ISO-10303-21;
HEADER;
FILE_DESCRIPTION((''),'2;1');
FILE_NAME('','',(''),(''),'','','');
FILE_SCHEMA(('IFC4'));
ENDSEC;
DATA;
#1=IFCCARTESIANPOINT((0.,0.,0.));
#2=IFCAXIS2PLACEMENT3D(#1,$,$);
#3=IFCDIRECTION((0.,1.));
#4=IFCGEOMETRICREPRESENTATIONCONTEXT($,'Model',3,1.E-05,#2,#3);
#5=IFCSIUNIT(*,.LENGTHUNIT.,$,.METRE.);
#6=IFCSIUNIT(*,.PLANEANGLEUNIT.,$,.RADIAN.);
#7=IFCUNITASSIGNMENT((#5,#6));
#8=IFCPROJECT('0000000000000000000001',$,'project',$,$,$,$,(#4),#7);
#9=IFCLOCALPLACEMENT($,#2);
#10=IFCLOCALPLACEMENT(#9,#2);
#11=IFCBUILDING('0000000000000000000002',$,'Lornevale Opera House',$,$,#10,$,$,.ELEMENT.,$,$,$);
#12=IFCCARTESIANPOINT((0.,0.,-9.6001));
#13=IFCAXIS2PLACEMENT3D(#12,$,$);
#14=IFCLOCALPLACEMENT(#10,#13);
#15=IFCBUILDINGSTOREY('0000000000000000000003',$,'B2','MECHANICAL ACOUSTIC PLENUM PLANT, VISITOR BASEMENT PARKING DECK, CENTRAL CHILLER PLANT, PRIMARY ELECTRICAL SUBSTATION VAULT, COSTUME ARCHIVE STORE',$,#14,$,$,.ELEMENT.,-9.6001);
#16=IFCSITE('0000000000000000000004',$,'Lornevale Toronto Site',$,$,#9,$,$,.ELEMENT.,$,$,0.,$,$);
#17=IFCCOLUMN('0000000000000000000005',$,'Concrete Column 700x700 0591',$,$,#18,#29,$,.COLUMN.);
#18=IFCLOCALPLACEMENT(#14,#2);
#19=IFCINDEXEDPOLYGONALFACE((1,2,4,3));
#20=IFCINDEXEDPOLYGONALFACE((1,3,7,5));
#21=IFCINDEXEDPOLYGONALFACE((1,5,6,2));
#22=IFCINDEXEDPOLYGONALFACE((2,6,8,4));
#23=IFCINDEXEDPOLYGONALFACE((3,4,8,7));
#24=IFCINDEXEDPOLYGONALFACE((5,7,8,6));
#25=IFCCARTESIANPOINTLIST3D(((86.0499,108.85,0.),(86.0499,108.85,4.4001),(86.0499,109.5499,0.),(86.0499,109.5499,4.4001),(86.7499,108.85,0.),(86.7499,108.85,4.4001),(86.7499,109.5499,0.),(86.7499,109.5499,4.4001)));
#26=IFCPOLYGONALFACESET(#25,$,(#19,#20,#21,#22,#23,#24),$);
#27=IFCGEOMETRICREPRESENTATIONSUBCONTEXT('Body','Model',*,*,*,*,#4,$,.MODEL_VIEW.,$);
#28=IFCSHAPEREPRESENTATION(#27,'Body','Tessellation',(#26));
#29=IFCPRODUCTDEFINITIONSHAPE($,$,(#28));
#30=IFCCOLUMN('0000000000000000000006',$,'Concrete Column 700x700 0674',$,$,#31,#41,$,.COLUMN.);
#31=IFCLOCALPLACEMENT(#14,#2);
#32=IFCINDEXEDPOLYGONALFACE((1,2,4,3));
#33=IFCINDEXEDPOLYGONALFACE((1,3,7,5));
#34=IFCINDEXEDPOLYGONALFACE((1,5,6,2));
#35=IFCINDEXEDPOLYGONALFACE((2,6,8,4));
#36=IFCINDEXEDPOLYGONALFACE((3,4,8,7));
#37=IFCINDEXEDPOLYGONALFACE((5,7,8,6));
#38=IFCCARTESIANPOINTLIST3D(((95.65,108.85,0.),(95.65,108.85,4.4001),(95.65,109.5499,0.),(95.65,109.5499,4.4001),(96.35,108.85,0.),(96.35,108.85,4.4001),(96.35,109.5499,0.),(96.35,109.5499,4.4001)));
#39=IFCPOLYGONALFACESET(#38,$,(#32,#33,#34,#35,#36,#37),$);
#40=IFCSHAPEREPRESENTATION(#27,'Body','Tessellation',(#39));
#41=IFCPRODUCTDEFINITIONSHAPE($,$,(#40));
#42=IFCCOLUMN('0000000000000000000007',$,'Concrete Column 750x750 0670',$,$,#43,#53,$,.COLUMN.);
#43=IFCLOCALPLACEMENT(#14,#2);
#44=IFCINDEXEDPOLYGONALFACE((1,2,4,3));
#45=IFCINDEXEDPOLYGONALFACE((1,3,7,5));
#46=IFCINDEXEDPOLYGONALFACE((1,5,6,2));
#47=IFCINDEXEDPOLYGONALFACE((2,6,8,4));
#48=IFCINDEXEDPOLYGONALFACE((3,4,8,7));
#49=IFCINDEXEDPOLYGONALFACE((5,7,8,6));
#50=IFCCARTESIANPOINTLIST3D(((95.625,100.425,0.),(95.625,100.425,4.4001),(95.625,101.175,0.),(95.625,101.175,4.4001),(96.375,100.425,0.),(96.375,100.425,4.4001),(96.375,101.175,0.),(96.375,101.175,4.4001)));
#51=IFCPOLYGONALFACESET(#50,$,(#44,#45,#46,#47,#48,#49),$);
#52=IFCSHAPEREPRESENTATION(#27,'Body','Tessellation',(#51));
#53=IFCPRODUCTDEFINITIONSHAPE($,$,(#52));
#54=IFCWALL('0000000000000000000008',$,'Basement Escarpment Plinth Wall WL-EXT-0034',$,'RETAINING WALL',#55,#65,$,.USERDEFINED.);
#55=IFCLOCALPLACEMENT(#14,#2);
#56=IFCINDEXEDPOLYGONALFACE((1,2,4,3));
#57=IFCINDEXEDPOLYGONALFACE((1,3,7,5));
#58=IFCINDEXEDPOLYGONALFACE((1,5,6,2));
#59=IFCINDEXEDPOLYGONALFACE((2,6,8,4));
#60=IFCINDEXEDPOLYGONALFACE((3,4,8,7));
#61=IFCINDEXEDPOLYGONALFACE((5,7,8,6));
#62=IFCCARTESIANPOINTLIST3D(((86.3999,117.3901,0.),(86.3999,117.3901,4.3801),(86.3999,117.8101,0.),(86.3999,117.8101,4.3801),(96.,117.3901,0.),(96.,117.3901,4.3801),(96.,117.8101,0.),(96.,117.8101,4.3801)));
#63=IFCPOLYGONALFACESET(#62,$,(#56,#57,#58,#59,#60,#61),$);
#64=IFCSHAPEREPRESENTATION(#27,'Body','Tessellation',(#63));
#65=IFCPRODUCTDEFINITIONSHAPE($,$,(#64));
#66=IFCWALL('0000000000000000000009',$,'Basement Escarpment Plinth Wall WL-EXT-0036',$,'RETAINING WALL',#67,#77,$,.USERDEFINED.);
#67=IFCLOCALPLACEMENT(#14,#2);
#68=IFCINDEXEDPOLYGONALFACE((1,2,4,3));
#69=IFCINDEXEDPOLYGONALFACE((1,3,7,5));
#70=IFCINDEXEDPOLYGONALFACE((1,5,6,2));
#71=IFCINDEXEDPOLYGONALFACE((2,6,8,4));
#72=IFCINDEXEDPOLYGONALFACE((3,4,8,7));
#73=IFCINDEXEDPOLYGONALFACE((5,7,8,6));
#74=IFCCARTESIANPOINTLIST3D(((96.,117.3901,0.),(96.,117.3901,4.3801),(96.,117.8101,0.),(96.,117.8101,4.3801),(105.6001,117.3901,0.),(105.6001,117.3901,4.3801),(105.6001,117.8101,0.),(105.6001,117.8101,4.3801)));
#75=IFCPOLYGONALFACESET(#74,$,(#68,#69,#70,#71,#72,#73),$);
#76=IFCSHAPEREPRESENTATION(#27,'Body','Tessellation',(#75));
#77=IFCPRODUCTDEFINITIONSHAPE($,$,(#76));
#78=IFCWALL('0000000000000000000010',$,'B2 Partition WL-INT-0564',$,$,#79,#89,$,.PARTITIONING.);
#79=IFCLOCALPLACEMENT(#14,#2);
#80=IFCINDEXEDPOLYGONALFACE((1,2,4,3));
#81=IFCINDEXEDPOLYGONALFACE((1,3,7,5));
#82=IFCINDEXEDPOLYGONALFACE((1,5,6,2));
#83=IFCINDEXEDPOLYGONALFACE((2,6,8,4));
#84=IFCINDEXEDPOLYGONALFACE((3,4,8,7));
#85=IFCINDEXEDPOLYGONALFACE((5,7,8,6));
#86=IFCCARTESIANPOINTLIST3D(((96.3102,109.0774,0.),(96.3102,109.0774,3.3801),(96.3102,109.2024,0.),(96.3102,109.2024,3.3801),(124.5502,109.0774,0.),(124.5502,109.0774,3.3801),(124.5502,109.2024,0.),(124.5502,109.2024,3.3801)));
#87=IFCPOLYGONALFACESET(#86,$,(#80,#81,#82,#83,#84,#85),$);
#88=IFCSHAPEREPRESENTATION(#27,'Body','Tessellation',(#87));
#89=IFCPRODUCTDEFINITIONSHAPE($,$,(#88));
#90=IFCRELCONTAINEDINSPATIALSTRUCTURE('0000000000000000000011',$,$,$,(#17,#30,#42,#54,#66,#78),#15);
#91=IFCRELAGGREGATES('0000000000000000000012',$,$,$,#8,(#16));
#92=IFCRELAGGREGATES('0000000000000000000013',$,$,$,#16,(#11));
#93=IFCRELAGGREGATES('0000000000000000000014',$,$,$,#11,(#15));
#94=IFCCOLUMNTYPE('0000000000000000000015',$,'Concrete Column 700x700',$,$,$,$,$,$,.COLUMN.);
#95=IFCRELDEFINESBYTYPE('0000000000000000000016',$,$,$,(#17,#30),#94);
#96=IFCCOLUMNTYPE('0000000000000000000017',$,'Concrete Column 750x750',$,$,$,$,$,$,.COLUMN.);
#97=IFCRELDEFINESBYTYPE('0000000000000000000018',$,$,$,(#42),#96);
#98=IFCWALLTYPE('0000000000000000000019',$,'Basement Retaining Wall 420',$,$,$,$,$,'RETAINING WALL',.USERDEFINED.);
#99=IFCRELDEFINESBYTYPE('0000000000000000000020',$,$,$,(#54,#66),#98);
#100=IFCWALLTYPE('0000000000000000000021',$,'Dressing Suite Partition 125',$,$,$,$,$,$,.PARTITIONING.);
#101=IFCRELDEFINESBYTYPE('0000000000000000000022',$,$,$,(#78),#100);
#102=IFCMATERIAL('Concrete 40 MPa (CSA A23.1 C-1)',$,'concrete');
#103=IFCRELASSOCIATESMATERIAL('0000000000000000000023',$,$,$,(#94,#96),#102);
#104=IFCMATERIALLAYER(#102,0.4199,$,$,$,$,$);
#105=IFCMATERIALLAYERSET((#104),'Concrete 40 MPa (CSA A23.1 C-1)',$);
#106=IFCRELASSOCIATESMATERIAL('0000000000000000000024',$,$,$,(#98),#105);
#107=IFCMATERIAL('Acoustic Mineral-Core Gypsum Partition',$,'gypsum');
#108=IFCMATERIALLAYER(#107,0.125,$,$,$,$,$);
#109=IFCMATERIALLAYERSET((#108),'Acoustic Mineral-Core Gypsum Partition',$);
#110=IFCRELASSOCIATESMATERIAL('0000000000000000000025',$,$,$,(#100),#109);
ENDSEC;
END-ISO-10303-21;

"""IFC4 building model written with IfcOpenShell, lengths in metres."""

from ifc_helpers import new_model, si_unit, direction, frame, frame_2d, origin, origin_2d, place, context, subcontext, project, spatial, rectangle, extrude, material, layer, layer_set, material_profile, profile_set, type_object, element, save


model = new_model("IFC4")

# Units and contexts
model_context = context("Model", 3, precision=1e-05, world=origin(), true_north=direction((0.0, 1.0)))
body_context = subcontext(model_context, "Body", "Model", "MODEL_VIEW")
ifc_project = project(units=[si_unit("LENGTHUNIT", "METRE"), si_unit("PLANEANGLEUNIT", "RADIAN")], contexts=[model_context])

# Site, building, storey
site_placement = place(None, origin())
site = spatial("IfcSite", under=ifc_project, at=site_placement, Name="Lornevale Toronto Site", CompositionType="ELEMENT", RefElevation=0.0)
building_placement = place(site_placement, origin())
building = spatial("IfcBuilding", under=site, at=building_placement, Name="Lornevale Opera House", CompositionType="ELEMENT")
storey_placement = place(building_placement, frame((0.0, 0.0, -9.6001)))
storey = spatial("IfcBuildingStorey", under=building, at=storey_placement, Name="B2", Description="MECHANICAL ACOUSTIC PLENUM PLANT, VISITOR BASEMENT PARKING DECK, CENTRAL CHILLER PLANT, PRIMARY ELECTRICAL SUBSTATION VAULT, COSTUME ARCHIVE STORE", CompositionType="ELEMENT", Elevation=-9.6001)

# Shared definitions
ifc_material_1 = material(Name="Concrete 40 MPa (CSA A23.1 C-1)", Category="concrete")

# Columns
ifc_material_profile_1 = material_profile(ifc_material_1, rectangle(XDim=0.7, YDim=0.7, at=origin_2d()), Name="RC700x700")
ifc_profile_set_1 = profile_set([ifc_material_profile_1], Name="Concrete 40 MPa (CSA A23.1 C-1)")
column_type_1 = type_object("IfcColumnType", Name="Concrete Column 700x700", PredefinedType="COLUMN", material=ifc_profile_set_1)
for number, where, z_axis, x_axis, name in (
    (1, (86.3999, 109.2, 0.0), (0.0, 0.0, 1.0), (1.0, 0.0, 0.0), "Concrete Column 700x700 0591"),
    (2, (96.0, 109.2, 0.0), (0.0, 0.0, 1.0), (1.0, 0.0, 0.0), "Concrete Column 700x700 0674"),
):
    element("IfcColumn", number, at=place(storey_placement, frame(where, z_axis=z_axis, x_axis=x_axis)), inside=storey, type_object=column_type_1, Name=name, PredefinedType="COLUMN", context=body_context, shape_type="SweptSolid", body=[
        extrude(rectangle(XDim=0.7, YDim=0.7, at=origin_2d()), origin(), (0.0, 0.0, 1.0), 4.4001),
    ])
ifc_material_profile_2 = material_profile(ifc_material_1, rectangle(XDim=0.75, YDim=0.75, at=origin_2d()), Name="RC750x750")
ifc_profile_set_2 = profile_set([ifc_material_profile_2], Name="Concrete 40 MPa (CSA A23.1 C-1)")
column_type_2 = type_object("IfcColumnType", Name="Concrete Column 750x750", PredefinedType="COLUMN", material=ifc_profile_set_2)
column_placement = place(storey_placement, frame((96.0, 100.8, 0.0), z_axis=(0.0, 0.0, 1.0), x_axis=(1.0, 0.0, 0.0)))
element("IfcColumn", 3, at=column_placement, inside=storey, type_object=column_type_2, Name="Concrete Column 750x750 0670", PredefinedType="COLUMN", context=body_context, shape_type="SweptSolid", body=[
    extrude(rectangle(XDim=0.75, YDim=0.75, at=origin_2d()), origin(), (0.0, 0.0, 1.0), 4.4001),
])

# Walls
ifc_layer_1 = layer(ifc_material_1, 0.4199)
ifc_layer_set_1 = layer_set([ifc_layer_1], Name="Concrete 40 MPa (CSA A23.1 C-1)")
wall_type_1 = type_object("IfcWallType", Name="Basement Retaining Wall 420", ElementType="RETAINING WALL", PredefinedType="USERDEFINED", material=ifc_layer_set_1)
for number, where, z_axis, x_axis, name in (
    (4, (86.3999, 117.6001, 0.0), (0.0, 0.0, 1.0), (1.0, 0.0, 0.0), "Basement Escarpment Plinth Wall WL-EXT-0034"),
    (5, (96.0, 117.6001, 0.0), (0.0, 0.0, 1.0), (1.0, 0.0, 0.0), "Basement Escarpment Plinth Wall WL-EXT-0036"),
):
    element("IfcWall", number, at=place(storey_placement, frame(where, z_axis=z_axis, x_axis=x_axis)), inside=storey, type_object=wall_type_1, Name=name, ObjectType="RETAINING WALL", PredefinedType="USERDEFINED", context=body_context, shape_type="SweptSolid", body=[
        extrude(rectangle(XDim=9.6001, YDim=0.4199, at=frame_2d((4.8, 0.0))), origin(), (0.0, 0.0, 1.0), 4.3801),
    ])
ifc_material_2 = material(Name="Acoustic Mineral-Core Gypsum Partition", Category="gypsum")
ifc_layer_2 = layer(ifc_material_2, 0.125)
ifc_layer_set_2 = layer_set([ifc_layer_2], Name="Acoustic Mineral-Core Gypsum Partition")
wall_type_2 = type_object("IfcWallType", Name="Dressing Suite Partition 125", PredefinedType="PARTITIONING", material=ifc_layer_set_2)
wall_placement = place(storey_placement, frame((96.3101, 109.1399, 0.0), z_axis=(0.0, 0.0, 1.0), x_axis=(1.0, 0.0, 0.0)))
element("IfcWall", 6, at=wall_placement, inside=storey, type_object=wall_type_2, Name="B2 Partition WL-INT-0564", PredefinedType="PARTITIONING", context=body_context, shape_type="SweptSolid", body=[
    extrude(rectangle(XDim=28.24, YDim=0.125, at=frame_2d((14.1201, 0.0))), origin(), (0.0, 0.0, 1.0), 3.3801),
])

save(model, "model.ifc")
